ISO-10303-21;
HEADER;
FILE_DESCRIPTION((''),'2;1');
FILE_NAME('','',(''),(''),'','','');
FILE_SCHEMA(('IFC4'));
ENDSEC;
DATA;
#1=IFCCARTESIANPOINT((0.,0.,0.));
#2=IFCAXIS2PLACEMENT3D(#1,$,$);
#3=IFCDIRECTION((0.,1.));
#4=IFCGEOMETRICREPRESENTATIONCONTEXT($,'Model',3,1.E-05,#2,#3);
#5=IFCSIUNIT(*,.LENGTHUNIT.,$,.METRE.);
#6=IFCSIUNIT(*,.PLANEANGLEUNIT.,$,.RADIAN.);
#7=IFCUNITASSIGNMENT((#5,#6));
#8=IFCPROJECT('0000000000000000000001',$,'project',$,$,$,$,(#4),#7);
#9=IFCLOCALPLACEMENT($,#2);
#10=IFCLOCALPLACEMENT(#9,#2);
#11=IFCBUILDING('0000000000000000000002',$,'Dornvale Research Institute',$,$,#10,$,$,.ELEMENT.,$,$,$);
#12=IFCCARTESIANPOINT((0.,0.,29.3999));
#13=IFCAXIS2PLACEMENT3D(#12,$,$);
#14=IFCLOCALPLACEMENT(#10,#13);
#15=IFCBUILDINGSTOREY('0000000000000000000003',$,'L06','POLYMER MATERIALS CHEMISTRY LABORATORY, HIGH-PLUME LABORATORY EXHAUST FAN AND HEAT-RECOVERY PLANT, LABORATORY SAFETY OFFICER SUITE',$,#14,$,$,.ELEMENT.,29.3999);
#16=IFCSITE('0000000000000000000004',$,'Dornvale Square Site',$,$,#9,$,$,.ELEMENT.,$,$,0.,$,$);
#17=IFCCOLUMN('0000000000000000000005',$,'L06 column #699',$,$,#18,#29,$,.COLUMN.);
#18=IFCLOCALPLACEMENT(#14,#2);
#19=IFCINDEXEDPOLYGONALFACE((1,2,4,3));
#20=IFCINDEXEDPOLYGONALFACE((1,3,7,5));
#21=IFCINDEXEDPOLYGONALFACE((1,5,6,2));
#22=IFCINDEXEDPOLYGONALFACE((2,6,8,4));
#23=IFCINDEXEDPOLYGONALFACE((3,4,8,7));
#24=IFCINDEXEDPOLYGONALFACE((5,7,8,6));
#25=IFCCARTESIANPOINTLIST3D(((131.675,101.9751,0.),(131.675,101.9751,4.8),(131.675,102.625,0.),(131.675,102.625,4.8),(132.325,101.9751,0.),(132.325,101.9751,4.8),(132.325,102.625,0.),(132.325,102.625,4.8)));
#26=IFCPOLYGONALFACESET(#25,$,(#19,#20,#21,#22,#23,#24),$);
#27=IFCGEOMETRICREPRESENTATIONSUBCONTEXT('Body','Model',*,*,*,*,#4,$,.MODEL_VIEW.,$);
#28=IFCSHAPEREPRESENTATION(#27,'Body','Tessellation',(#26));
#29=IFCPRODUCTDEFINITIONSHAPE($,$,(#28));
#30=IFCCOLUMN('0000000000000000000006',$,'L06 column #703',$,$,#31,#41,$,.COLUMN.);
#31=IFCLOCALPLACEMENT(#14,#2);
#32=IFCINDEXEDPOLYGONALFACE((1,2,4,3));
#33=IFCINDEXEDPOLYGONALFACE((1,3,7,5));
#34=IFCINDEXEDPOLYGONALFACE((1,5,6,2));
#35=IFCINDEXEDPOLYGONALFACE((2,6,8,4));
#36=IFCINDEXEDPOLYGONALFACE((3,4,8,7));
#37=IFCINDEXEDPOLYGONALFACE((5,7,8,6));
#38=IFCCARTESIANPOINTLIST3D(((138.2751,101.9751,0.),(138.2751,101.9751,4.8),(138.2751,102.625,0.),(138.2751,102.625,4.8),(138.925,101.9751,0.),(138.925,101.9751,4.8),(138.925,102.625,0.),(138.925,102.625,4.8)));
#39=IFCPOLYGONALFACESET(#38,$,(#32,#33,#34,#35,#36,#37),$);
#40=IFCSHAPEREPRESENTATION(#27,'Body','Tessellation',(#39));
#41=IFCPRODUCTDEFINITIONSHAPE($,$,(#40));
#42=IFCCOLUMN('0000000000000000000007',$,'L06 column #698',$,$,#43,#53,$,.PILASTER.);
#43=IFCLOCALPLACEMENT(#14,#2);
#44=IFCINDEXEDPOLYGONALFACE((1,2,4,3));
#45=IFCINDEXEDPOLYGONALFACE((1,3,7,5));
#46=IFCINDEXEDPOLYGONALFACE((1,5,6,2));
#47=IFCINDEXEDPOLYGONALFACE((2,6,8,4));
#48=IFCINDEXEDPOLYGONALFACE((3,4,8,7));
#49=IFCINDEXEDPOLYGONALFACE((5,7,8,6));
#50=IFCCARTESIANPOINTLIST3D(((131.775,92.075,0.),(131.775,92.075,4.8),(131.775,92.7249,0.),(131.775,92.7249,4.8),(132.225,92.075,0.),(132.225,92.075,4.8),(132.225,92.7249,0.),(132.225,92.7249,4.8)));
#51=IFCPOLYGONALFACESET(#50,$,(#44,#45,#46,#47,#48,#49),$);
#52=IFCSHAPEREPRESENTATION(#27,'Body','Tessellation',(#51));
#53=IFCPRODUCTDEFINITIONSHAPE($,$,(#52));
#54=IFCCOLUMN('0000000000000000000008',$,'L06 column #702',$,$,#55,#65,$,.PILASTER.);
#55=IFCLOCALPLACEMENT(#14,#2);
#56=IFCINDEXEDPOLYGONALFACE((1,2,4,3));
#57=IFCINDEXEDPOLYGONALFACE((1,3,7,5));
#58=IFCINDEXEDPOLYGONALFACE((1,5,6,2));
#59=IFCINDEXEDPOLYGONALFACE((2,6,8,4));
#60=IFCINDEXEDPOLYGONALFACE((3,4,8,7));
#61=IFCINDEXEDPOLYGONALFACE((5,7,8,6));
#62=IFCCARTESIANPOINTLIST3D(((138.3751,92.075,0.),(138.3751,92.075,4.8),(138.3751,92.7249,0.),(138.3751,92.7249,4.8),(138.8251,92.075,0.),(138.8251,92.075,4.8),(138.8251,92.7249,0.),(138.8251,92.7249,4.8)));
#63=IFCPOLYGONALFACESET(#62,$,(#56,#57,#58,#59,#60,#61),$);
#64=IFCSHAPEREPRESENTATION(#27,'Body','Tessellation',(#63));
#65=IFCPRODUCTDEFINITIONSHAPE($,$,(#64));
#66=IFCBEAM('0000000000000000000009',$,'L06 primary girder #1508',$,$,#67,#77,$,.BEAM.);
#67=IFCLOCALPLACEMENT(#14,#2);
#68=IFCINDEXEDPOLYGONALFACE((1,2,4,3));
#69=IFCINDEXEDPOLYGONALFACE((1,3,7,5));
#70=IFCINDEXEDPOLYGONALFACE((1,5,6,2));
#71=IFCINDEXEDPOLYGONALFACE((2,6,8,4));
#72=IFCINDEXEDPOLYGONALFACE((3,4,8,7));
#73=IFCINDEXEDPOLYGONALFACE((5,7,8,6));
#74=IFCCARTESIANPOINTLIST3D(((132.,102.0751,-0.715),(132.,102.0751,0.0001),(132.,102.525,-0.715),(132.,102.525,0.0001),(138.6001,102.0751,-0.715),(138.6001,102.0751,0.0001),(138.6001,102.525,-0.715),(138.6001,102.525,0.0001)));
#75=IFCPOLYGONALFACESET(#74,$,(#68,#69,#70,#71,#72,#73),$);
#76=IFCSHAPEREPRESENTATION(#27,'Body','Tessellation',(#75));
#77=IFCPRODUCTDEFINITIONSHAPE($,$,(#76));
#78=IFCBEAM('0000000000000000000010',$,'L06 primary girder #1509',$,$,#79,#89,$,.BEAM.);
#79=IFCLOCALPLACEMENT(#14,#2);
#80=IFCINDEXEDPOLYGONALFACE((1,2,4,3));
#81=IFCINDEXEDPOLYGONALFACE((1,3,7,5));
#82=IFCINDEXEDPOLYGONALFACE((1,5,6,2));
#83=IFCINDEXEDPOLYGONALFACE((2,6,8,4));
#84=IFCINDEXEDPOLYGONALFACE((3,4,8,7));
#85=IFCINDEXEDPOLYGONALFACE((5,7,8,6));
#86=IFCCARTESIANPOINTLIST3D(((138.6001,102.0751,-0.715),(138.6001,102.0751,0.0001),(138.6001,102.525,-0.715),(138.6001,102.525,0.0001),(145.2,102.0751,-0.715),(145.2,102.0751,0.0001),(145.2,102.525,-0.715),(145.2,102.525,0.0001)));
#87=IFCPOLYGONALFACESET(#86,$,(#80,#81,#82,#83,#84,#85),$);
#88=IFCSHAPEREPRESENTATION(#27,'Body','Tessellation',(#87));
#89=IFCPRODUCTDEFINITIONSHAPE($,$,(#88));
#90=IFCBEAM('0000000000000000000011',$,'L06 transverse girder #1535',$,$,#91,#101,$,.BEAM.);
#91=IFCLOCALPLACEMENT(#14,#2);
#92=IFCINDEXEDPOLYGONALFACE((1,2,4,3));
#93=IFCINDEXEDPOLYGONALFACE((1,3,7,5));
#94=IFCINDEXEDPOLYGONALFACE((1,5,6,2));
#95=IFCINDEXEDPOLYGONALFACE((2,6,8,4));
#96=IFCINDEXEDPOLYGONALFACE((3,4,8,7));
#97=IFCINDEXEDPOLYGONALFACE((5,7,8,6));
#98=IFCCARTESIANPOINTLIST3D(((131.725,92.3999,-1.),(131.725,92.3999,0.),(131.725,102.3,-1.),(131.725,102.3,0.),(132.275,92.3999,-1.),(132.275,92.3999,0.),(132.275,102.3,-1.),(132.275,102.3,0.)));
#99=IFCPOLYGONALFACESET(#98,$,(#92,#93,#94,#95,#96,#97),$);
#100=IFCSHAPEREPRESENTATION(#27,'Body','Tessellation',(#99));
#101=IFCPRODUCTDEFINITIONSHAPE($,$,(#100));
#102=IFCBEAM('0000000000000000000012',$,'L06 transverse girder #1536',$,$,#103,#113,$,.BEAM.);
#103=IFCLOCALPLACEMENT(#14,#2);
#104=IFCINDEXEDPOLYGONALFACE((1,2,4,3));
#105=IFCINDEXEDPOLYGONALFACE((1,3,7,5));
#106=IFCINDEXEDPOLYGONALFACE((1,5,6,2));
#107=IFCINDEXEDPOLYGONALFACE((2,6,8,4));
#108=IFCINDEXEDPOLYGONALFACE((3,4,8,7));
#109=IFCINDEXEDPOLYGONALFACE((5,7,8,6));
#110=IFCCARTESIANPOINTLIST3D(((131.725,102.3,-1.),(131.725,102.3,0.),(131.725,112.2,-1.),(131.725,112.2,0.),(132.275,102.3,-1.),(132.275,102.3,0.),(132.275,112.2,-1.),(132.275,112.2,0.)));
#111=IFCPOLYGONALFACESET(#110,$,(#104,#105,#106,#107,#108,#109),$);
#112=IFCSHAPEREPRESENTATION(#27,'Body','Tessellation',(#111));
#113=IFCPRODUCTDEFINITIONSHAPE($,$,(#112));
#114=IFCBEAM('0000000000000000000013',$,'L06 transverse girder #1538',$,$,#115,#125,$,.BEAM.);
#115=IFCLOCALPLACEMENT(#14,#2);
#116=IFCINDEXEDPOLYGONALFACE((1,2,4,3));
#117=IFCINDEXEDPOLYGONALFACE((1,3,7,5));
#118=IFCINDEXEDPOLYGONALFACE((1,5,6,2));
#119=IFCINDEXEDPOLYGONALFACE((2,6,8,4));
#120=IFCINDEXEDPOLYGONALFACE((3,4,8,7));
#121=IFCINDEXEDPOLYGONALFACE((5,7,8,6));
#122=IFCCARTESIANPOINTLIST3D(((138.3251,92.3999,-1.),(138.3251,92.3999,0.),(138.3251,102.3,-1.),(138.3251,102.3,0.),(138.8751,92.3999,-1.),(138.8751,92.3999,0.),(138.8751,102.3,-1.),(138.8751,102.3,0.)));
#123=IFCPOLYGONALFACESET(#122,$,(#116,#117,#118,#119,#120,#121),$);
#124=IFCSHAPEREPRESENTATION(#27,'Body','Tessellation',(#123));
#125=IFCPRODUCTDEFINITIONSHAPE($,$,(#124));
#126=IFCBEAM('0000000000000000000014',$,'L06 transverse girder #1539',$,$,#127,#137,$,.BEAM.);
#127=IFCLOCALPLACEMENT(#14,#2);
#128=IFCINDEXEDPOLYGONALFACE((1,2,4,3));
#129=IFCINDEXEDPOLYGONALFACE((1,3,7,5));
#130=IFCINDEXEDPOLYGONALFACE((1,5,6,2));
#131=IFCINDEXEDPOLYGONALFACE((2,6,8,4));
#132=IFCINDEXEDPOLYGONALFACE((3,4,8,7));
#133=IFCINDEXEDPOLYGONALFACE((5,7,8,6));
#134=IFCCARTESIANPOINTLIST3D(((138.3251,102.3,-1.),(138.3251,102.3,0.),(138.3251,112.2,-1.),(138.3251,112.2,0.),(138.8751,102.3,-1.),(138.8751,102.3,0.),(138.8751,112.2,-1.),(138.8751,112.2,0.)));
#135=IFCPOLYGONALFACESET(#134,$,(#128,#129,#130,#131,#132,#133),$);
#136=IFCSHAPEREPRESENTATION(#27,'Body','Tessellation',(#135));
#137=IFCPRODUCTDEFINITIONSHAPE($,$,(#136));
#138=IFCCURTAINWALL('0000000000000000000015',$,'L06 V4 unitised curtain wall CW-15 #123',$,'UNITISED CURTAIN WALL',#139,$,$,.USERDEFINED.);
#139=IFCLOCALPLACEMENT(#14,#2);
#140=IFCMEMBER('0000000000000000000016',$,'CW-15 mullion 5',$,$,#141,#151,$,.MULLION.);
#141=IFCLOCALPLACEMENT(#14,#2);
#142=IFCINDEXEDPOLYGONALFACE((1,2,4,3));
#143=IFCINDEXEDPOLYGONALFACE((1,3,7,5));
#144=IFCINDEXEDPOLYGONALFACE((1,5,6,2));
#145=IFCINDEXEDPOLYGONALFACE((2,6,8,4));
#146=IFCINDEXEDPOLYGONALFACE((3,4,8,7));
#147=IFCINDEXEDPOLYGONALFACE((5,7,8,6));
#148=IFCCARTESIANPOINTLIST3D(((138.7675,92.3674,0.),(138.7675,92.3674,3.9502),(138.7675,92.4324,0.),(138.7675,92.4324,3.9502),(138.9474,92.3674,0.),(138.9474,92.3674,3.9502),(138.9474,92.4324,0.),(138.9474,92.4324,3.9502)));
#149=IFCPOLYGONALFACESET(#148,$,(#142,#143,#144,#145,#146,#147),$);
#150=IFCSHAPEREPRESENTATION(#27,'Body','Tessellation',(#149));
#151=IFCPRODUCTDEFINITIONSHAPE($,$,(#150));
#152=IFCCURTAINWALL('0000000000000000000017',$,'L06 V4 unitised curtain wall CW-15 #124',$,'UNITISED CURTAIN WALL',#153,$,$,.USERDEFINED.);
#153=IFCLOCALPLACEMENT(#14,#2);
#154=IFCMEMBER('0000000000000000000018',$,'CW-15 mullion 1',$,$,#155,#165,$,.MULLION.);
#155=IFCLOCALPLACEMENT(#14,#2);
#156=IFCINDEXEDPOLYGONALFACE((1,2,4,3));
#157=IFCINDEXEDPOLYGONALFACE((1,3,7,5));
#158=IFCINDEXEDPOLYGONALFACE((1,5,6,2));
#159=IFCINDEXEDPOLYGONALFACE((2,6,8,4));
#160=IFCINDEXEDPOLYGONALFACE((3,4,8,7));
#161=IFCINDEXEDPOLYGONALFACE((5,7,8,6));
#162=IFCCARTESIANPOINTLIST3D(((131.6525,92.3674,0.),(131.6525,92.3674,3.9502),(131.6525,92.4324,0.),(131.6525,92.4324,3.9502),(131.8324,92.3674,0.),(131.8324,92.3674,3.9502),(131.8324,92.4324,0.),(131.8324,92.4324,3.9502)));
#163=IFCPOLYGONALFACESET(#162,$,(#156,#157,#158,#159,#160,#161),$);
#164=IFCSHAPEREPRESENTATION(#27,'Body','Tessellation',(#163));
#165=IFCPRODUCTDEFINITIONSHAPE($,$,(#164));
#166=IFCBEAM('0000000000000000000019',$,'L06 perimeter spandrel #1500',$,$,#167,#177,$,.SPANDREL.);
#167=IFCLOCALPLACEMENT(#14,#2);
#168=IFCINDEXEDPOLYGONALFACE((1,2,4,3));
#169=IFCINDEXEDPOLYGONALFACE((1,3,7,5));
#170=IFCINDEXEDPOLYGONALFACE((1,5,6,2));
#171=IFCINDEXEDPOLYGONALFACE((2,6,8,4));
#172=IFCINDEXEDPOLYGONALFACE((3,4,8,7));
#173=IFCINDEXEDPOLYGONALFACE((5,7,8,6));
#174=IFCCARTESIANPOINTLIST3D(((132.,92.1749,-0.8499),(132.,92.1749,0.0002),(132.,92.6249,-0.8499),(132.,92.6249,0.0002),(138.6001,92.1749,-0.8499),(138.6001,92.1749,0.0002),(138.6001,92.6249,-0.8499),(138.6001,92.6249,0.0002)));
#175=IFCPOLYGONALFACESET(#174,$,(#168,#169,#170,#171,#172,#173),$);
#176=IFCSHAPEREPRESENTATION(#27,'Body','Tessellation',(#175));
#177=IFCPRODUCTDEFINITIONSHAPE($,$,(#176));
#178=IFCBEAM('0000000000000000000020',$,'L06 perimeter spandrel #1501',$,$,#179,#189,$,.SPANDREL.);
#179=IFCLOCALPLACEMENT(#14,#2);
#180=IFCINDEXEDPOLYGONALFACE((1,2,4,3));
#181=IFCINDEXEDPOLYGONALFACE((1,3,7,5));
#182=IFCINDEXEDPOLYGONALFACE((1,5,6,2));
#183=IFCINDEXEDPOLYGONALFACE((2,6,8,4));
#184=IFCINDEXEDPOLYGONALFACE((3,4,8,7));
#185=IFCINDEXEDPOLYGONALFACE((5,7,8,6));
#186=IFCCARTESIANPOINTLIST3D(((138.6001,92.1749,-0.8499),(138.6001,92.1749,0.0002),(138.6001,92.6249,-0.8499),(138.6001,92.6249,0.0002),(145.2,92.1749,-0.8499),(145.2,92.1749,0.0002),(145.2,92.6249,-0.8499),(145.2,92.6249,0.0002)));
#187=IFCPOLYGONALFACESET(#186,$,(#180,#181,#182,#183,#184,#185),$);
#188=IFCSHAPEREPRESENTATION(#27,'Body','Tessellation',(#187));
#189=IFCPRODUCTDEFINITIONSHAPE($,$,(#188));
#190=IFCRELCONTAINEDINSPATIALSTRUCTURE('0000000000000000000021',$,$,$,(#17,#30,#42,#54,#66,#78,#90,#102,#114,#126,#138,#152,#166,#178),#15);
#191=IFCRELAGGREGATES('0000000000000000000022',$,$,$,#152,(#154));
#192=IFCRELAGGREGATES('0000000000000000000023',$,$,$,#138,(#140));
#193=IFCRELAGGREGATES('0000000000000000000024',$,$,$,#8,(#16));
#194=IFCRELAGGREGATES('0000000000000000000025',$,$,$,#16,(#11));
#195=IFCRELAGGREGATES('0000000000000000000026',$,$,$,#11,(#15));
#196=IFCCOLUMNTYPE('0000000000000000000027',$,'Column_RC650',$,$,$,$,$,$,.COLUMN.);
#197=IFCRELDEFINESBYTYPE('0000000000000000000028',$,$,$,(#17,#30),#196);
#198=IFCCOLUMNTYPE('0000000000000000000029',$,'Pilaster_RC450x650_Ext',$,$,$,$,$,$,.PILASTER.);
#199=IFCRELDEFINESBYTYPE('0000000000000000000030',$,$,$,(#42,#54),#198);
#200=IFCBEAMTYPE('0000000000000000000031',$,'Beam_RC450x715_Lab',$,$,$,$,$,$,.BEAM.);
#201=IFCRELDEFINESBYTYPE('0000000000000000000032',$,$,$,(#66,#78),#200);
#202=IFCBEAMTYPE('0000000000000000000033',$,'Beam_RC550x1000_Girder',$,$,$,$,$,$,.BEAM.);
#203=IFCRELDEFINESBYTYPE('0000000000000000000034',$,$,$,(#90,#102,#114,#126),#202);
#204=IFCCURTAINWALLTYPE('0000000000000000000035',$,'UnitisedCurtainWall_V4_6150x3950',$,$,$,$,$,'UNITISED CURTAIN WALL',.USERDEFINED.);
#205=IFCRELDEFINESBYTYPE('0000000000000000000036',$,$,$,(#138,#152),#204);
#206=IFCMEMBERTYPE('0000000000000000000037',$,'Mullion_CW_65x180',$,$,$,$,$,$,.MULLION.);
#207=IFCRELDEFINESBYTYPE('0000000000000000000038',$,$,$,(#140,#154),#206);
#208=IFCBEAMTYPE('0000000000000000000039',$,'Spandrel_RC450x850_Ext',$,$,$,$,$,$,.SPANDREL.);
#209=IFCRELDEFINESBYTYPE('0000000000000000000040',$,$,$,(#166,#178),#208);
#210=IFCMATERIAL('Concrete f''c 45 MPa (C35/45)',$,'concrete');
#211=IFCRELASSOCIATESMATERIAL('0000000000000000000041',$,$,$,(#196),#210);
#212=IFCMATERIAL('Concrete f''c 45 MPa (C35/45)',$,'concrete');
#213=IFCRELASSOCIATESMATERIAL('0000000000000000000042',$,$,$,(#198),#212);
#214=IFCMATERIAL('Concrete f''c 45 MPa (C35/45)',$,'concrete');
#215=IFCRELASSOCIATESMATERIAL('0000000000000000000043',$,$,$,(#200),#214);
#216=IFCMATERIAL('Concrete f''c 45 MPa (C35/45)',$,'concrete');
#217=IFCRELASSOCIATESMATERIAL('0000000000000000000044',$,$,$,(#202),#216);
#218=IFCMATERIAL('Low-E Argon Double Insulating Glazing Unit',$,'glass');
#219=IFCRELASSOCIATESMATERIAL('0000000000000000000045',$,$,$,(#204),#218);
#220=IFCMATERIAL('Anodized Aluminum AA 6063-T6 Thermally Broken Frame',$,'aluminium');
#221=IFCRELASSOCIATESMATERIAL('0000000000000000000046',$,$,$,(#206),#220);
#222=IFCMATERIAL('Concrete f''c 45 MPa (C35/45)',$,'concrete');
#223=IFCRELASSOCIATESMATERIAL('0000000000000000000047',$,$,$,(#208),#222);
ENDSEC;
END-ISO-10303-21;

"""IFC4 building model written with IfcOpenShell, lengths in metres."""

from ifc_helpers import new_model, si_unit, direction, frame, origin, origin_2d, place, context, subcontext, project, spatial, rectangle, extrude, material, material_profile, profile_set, type_object, element, aggregate, save


model = new_model("IFC4")

# Units and contexts
model_context = context("Model", 3, precision=1e-05, world=origin(), true_north=direction((0.0, 1.0)))
body_context = subcontext(model_context, "Body", "Model", "MODEL_VIEW")
ifc_project = project(units=[si_unit("LENGTHUNIT", "METRE"), si_unit("PLANEANGLEUNIT", "RADIAN")], contexts=[model_context])

# Site, building, storey
site_placement = place(None, origin())
site = spatial("IfcSite", under=ifc_project, at=site_placement, Name="Dornvale Square Site", CompositionType="ELEMENT", RefElevation=0.0)
building_placement = place(site_placement, origin())
building = spatial("IfcBuilding", under=site, at=building_placement, Name="Dornvale Research Institute", CompositionType="ELEMENT")
storey_placement = place(building_placement, frame((0.0, 0.0, 29.3999)))
storey = spatial("IfcBuildingStorey", under=building, at=storey_placement, Name="L06", Description="POLYMER MATERIALS CHEMISTRY LABORATORY, HIGH-PLUME LABORATORY EXHAUST FAN AND HEAT-RECOVERY PLANT, LABORATORY SAFETY OFFICER SUITE", CompositionType="ELEMENT", Elevation=29.3999)

# Columns
ifc_material_1 = material(Name="Concrete f'c 45 MPa (C35/45)", Category="concrete")
ifc_material_profile_1 = material_profile(ifc_material_1, rectangle(XDim=0.6499, YDim=0.6499, at=origin_2d()), Name="RC 650x650")
ifc_profile_set_1 = profile_set([ifc_material_profile_1], Name="Concrete f'c 45 MPa (C35/45)")
column_type_1 = type_object("IfcColumnType", Name="Column_RC650", PredefinedType="COLUMN", material=ifc_profile_set_1)
for number, where, z_axis, x_axis, name in (
    (1, (132.0, 102.3, 0.0), (0.0, 0.0, 1.0), (1.0, 0.0, 0.0), "L06 column #699"),
    (2, (138.6001, 102.3, 0.0), (0.0, 0.0, 1.0), (1.0, 0.0, 0.0), "L06 column #703"),
):
    element("IfcColumn", number, at=place(storey_placement, frame(where, z_axis=z_axis, x_axis=x_axis)), inside=storey, type_object=column_type_1, Name=name, PredefinedType="COLUMN", context=body_context, shape_type="SweptSolid", body=[
        extrude(rectangle(XDim=0.6499, YDim=0.6499, at=origin_2d()), origin(), (0.0, 0.0, 1.0), 4.8),
    ])
ifc_material_2 = material(Name="Concrete f'c 45 MPa (C35/45)", Category="concrete")
ifc_material_profile_2 = material_profile(ifc_material_2, rectangle(XDim=0.45, YDim=0.6499, at=origin_2d()), Name="RC 450x650")
ifc_profile_set_2 = profile_set([ifc_material_profile_2], Name="Concrete f'c 45 MPa (C35/45)")
column_type_2 = type_object("IfcColumnType", Name="Pilaster_RC450x650_Ext", PredefinedType="PILASTER", material=ifc_profile_set_2)
for number, where, z_axis, x_axis, name in (
    (3, (132.0, 92.3999, 0.0), (0.0, 0.0, 1.0), (1.0, 0.0, 0.0), "L06 column #698"),
    (4, (138.6001, 92.3999, 0.0), (0.0, 0.0, 1.0), (1.0, 0.0, 0.0), "L06 column #702"),
):
    element("IfcColumn", number, at=place(storey_placement, frame(where, z_axis=z_axis, x_axis=x_axis)), inside=storey, type_object=column_type_2, Name=name, PredefinedType="PILASTER", context=body_context, shape_type="SweptSolid", body=[
        extrude(rectangle(XDim=0.45, YDim=0.6499, at=origin_2d()), origin(), (0.0, 0.0, 1.0), 4.8),
    ])

# Beams
ifc_material_3 = material(Name="Concrete f'c 45 MPa (C35/45)", Category="concrete")
ifc_material_profile_3 = material_profile(ifc_material_3, rectangle(XDim=0.45, YDim=0.7151, at=origin_2d()), Name="RC 450x715")
ifc_profile_set_3 = profile_set([ifc_material_profile_3], Name="Concrete f'c 45 MPa (C35/45)")
beam_type_1 = type_object("IfcBeamType", Name="Beam_RC450x715_Lab", PredefinedType="BEAM", material=ifc_profile_set_3)
beam_1_placement = place(storey_placement, frame((132.0, 102.3, -0.3574), z_axis=(1.0, 0.0, 0.0), x_axis=(0.0, 1.0, 0.0)))
element("IfcBeam", 5, at=beam_1_placement, inside=storey, type_object=beam_type_1, Name="L06 primary girder #1508", PredefinedType="BEAM", context=body_context, shape_type="SweptSolid", body=[
    extrude(rectangle(XDim=0.45, YDim=0.7151, at=origin_2d()), origin(), (0.0, 0.0, 1.0), 6.6001),
])
beam_2_placement = place(storey_placement, frame((138.6001, 102.3, -0.3574), z_axis=(1.0, 0.0, 0.0), x_axis=(0.0, 1.0, 0.0)))
element("IfcBeam", 6, at=beam_2_placement, inside=storey, type_object=beam_type_1, Name="L06 primary girder #1509", PredefinedType="BEAM", context=body_context, shape_type="SweptSolid", body=[
    extrude(rectangle(XDim=0.45, YDim=0.7151, at=origin_2d()), origin(), (0.0, 0.0, 1.0), 6.5999),
])
ifc_material_4 = material(Name="Concrete f'c 45 MPa (C35/45)", Category="concrete")
ifc_material_profile_4 = material_profile(ifc_material_4, rectangle(XDim=0.55, YDim=1.0, at=origin_2d()), Name="RC 550x1000")
ifc_profile_set_4 = profile_set([ifc_material_profile_4], Name="Concrete f'c 45 MPa (C35/45)")
beam_type_2 = type_object("IfcBeamType", Name="Beam_RC550x1000_Girder", PredefinedType="BEAM", material=ifc_profile_set_4)
beam_3_placement = place(storey_placement, frame((132.0, 92.3999, -0.5), z_axis=(0.0, 1.0, 0.0), x_axis=(-1.0, 0.0, 0.0)))
element("IfcBeam", 7, at=beam_3_placement, inside=storey, type_object=beam_type_2, Name="L06 transverse girder #1535", PredefinedType="BEAM", context=body_context, shape_type="SweptSolid", body=[
    extrude(rectangle(XDim=0.55, YDim=1.0, at=origin_2d()), origin(), (0.0, 0.0, 1.0), 9.9001),
])
beam_4_placement = place(storey_placement, frame((132.0, 102.3, -0.5), z_axis=(0.0, 1.0, 0.0), x_axis=(-1.0, 0.0, 0.0)))
element("IfcBeam", 8, at=beam_4_placement, inside=storey, type_object=beam_type_2, Name="L06 transverse girder #1536", PredefinedType="BEAM", context=body_context, shape_type="SweptSolid", body=[
    extrude(rectangle(XDim=0.55, YDim=1.0, at=origin_2d()), origin(), (0.0, 0.0, 1.0), 9.8999),
])
beam_5_placement = place(storey_placement, frame((138.6001, 92.3999, -0.5), z_axis=(0.0, 1.0, 0.0), x_axis=(-1.0, 0.0, 0.0)))
element("IfcBeam", 9, at=beam_5_placement, inside=storey, type_object=beam_type_2, Name="L06 transverse girder #1538", PredefinedType="BEAM", context=body_context, shape_type="SweptSolid", body=[
    extrude(rectangle(XDim=0.55, YDim=1.0, at=origin_2d()), origin(), (0.0, 0.0, 1.0), 9.9001),
])
beam_6_placement = place(storey_placement, frame((138.6001, 102.3, -0.5), z_axis=(0.0, 1.0, 0.0), x_axis=(-1.0, 0.0, 0.0)))
element("IfcBeam", 10, at=beam_6_placement, inside=storey, type_object=beam_type_2, Name="L06 transverse girder #1539", PredefinedType="BEAM", context=body_context, shape_type="SweptSolid", body=[
    extrude(rectangle(XDim=0.55, YDim=1.0, at=origin_2d()), origin(), (0.0, 0.0, 1.0), 9.8999),
])

# Curtain walls, members
ifc_material_5 = material(Name="Low-E Argon Double Insulating Glazing Unit", Category="glass")
curtain_wall_type = type_object("IfcCurtainWallType", Name="UnitisedCurtainWall_V4_6150x3950", ElementType="UNITISED CURTAIN WALL", PredefinedType="USERDEFINED", material=ifc_material_5)
curtain_wall_1_placement = place(storey_placement, origin())
curtain_wall_1 = element("IfcCurtainWall", 11, at=curtain_wall_1_placement, inside=storey, type_object=curtain_wall_type, Name="L06 V4 unitised curtain wall CW-15 #123", ObjectType="UNITISED CURTAIN WALL", PredefinedType="USERDEFINED")
ifc_material_6 = material(Name="Anodized Aluminum AA 6063-T6 Thermally Broken Frame", Category="aluminium")
ifc_material_profile_5 = material_profile(ifc_material_6, rectangle(XDim=0.0649, YDim=0.1799, at=origin_2d()), Name="ALU MULLION 65x180")
ifc_profile_set_5 = profile_set([ifc_material_profile_5], Name="Anodized Aluminum AA 6063-T6 Thermally Broken Frame")
member_type = type_object("IfcMemberType", Name="Mullion_CW_65x180", PredefinedType="MULLION", material=ifc_profile_set_5)
member_1_placement = place(storey_placement, frame((138.8574, 92.3999, 0.0), z_axis=(0.0, 0.0, 1.0), x_axis=(0.0, -1.0, 0.0)))
member_1 = element("IfcMember", 12, at=member_1_placement, type_object=member_type, Name="CW-15 mullion 5", PredefinedType="MULLION", context=body_context, shape_type="SweptSolid", body=[
    extrude(rectangle(XDim=0.0649, YDim=0.1799, at=origin_2d()), origin(), (0.0, 0.0, 1.0), 3.9502),
])
curtain_wall_2_placement = place(storey_placement, origin())
curtain_wall_2 = element("IfcCurtainWall", 13, at=curtain_wall_2_placement, inside=storey, type_object=curtain_wall_type, Name="L06 V4 unitised curtain wall CW-15 #124", ObjectType="UNITISED CURTAIN WALL", PredefinedType="USERDEFINED")
member_2_placement = place(storey_placement, frame((131.7424, 92.3999, 0.0), z_axis=(0.0, 0.0, 1.0), x_axis=(0.0, -1.0, 0.0)))
member_2 = element("IfcMember", 14, at=member_2_placement, type_object=member_type, Name="CW-15 mullion 1", PredefinedType="MULLION", context=body_context, shape_type="SweptSolid", body=[
    extrude(rectangle(XDim=0.0649, YDim=0.1799, at=origin_2d()), origin(), (0.0, 0.0, 1.0), 3.9502),
])
aggregate(curtain_wall_2, [member_2])

# Beams
ifc_material_7 = material(Name="Concrete f'c 45 MPa (C35/45)", Category="concrete")
ifc_material_profile_6 = material_profile(ifc_material_7, rectangle(XDim=0.45, YDim=0.8501, at=origin_2d()), Name="RC 450x850")
ifc_profile_set_6 = profile_set([ifc_material_profile_6], Name="Concrete f'c 45 MPa (C35/45)")
beam_type_3 = type_object("IfcBeamType", Name="Spandrel_RC450x850_Ext", PredefinedType="SPANDREL", material=ifc_profile_set_6)
beam_7_placement = place(storey_placement, frame((132.0, 92.3999, -0.4248), z_axis=(1.0, 0.0, 0.0), x_axis=(0.0, 1.0, 0.0)))
element("IfcBeam", 15, at=beam_7_placement, inside=storey, type_object=beam_type_3, Name="L06 perimeter spandrel #1500", PredefinedType="SPANDREL", context=body_context, shape_type="SweptSolid", body=[
    extrude(rectangle(XDim=0.45, YDim=0.8501, at=origin_2d()), origin(), (0.0, 0.0, 1.0), 6.6001),
])
beam_8_placement = place(storey_placement, frame((138.6001, 92.3999, -0.4248), z_axis=(1.0, 0.0, 0.0), x_axis=(0.0, 1.0, 0.0)))
element("IfcBeam", 16, at=beam_8_placement, inside=storey, type_object=beam_type_3, Name="L06 perimeter spandrel #1501", PredefinedType="SPANDREL", context=body_context, shape_type="SweptSolid", body=[
    extrude(rectangle(XDim=0.45, YDim=0.8501, at=origin_2d()), origin(), (0.0, 0.0, 1.0), 6.5999),
])

aggregate(curtain_wall_1, [member_1])

save(model, "model.ifc")
